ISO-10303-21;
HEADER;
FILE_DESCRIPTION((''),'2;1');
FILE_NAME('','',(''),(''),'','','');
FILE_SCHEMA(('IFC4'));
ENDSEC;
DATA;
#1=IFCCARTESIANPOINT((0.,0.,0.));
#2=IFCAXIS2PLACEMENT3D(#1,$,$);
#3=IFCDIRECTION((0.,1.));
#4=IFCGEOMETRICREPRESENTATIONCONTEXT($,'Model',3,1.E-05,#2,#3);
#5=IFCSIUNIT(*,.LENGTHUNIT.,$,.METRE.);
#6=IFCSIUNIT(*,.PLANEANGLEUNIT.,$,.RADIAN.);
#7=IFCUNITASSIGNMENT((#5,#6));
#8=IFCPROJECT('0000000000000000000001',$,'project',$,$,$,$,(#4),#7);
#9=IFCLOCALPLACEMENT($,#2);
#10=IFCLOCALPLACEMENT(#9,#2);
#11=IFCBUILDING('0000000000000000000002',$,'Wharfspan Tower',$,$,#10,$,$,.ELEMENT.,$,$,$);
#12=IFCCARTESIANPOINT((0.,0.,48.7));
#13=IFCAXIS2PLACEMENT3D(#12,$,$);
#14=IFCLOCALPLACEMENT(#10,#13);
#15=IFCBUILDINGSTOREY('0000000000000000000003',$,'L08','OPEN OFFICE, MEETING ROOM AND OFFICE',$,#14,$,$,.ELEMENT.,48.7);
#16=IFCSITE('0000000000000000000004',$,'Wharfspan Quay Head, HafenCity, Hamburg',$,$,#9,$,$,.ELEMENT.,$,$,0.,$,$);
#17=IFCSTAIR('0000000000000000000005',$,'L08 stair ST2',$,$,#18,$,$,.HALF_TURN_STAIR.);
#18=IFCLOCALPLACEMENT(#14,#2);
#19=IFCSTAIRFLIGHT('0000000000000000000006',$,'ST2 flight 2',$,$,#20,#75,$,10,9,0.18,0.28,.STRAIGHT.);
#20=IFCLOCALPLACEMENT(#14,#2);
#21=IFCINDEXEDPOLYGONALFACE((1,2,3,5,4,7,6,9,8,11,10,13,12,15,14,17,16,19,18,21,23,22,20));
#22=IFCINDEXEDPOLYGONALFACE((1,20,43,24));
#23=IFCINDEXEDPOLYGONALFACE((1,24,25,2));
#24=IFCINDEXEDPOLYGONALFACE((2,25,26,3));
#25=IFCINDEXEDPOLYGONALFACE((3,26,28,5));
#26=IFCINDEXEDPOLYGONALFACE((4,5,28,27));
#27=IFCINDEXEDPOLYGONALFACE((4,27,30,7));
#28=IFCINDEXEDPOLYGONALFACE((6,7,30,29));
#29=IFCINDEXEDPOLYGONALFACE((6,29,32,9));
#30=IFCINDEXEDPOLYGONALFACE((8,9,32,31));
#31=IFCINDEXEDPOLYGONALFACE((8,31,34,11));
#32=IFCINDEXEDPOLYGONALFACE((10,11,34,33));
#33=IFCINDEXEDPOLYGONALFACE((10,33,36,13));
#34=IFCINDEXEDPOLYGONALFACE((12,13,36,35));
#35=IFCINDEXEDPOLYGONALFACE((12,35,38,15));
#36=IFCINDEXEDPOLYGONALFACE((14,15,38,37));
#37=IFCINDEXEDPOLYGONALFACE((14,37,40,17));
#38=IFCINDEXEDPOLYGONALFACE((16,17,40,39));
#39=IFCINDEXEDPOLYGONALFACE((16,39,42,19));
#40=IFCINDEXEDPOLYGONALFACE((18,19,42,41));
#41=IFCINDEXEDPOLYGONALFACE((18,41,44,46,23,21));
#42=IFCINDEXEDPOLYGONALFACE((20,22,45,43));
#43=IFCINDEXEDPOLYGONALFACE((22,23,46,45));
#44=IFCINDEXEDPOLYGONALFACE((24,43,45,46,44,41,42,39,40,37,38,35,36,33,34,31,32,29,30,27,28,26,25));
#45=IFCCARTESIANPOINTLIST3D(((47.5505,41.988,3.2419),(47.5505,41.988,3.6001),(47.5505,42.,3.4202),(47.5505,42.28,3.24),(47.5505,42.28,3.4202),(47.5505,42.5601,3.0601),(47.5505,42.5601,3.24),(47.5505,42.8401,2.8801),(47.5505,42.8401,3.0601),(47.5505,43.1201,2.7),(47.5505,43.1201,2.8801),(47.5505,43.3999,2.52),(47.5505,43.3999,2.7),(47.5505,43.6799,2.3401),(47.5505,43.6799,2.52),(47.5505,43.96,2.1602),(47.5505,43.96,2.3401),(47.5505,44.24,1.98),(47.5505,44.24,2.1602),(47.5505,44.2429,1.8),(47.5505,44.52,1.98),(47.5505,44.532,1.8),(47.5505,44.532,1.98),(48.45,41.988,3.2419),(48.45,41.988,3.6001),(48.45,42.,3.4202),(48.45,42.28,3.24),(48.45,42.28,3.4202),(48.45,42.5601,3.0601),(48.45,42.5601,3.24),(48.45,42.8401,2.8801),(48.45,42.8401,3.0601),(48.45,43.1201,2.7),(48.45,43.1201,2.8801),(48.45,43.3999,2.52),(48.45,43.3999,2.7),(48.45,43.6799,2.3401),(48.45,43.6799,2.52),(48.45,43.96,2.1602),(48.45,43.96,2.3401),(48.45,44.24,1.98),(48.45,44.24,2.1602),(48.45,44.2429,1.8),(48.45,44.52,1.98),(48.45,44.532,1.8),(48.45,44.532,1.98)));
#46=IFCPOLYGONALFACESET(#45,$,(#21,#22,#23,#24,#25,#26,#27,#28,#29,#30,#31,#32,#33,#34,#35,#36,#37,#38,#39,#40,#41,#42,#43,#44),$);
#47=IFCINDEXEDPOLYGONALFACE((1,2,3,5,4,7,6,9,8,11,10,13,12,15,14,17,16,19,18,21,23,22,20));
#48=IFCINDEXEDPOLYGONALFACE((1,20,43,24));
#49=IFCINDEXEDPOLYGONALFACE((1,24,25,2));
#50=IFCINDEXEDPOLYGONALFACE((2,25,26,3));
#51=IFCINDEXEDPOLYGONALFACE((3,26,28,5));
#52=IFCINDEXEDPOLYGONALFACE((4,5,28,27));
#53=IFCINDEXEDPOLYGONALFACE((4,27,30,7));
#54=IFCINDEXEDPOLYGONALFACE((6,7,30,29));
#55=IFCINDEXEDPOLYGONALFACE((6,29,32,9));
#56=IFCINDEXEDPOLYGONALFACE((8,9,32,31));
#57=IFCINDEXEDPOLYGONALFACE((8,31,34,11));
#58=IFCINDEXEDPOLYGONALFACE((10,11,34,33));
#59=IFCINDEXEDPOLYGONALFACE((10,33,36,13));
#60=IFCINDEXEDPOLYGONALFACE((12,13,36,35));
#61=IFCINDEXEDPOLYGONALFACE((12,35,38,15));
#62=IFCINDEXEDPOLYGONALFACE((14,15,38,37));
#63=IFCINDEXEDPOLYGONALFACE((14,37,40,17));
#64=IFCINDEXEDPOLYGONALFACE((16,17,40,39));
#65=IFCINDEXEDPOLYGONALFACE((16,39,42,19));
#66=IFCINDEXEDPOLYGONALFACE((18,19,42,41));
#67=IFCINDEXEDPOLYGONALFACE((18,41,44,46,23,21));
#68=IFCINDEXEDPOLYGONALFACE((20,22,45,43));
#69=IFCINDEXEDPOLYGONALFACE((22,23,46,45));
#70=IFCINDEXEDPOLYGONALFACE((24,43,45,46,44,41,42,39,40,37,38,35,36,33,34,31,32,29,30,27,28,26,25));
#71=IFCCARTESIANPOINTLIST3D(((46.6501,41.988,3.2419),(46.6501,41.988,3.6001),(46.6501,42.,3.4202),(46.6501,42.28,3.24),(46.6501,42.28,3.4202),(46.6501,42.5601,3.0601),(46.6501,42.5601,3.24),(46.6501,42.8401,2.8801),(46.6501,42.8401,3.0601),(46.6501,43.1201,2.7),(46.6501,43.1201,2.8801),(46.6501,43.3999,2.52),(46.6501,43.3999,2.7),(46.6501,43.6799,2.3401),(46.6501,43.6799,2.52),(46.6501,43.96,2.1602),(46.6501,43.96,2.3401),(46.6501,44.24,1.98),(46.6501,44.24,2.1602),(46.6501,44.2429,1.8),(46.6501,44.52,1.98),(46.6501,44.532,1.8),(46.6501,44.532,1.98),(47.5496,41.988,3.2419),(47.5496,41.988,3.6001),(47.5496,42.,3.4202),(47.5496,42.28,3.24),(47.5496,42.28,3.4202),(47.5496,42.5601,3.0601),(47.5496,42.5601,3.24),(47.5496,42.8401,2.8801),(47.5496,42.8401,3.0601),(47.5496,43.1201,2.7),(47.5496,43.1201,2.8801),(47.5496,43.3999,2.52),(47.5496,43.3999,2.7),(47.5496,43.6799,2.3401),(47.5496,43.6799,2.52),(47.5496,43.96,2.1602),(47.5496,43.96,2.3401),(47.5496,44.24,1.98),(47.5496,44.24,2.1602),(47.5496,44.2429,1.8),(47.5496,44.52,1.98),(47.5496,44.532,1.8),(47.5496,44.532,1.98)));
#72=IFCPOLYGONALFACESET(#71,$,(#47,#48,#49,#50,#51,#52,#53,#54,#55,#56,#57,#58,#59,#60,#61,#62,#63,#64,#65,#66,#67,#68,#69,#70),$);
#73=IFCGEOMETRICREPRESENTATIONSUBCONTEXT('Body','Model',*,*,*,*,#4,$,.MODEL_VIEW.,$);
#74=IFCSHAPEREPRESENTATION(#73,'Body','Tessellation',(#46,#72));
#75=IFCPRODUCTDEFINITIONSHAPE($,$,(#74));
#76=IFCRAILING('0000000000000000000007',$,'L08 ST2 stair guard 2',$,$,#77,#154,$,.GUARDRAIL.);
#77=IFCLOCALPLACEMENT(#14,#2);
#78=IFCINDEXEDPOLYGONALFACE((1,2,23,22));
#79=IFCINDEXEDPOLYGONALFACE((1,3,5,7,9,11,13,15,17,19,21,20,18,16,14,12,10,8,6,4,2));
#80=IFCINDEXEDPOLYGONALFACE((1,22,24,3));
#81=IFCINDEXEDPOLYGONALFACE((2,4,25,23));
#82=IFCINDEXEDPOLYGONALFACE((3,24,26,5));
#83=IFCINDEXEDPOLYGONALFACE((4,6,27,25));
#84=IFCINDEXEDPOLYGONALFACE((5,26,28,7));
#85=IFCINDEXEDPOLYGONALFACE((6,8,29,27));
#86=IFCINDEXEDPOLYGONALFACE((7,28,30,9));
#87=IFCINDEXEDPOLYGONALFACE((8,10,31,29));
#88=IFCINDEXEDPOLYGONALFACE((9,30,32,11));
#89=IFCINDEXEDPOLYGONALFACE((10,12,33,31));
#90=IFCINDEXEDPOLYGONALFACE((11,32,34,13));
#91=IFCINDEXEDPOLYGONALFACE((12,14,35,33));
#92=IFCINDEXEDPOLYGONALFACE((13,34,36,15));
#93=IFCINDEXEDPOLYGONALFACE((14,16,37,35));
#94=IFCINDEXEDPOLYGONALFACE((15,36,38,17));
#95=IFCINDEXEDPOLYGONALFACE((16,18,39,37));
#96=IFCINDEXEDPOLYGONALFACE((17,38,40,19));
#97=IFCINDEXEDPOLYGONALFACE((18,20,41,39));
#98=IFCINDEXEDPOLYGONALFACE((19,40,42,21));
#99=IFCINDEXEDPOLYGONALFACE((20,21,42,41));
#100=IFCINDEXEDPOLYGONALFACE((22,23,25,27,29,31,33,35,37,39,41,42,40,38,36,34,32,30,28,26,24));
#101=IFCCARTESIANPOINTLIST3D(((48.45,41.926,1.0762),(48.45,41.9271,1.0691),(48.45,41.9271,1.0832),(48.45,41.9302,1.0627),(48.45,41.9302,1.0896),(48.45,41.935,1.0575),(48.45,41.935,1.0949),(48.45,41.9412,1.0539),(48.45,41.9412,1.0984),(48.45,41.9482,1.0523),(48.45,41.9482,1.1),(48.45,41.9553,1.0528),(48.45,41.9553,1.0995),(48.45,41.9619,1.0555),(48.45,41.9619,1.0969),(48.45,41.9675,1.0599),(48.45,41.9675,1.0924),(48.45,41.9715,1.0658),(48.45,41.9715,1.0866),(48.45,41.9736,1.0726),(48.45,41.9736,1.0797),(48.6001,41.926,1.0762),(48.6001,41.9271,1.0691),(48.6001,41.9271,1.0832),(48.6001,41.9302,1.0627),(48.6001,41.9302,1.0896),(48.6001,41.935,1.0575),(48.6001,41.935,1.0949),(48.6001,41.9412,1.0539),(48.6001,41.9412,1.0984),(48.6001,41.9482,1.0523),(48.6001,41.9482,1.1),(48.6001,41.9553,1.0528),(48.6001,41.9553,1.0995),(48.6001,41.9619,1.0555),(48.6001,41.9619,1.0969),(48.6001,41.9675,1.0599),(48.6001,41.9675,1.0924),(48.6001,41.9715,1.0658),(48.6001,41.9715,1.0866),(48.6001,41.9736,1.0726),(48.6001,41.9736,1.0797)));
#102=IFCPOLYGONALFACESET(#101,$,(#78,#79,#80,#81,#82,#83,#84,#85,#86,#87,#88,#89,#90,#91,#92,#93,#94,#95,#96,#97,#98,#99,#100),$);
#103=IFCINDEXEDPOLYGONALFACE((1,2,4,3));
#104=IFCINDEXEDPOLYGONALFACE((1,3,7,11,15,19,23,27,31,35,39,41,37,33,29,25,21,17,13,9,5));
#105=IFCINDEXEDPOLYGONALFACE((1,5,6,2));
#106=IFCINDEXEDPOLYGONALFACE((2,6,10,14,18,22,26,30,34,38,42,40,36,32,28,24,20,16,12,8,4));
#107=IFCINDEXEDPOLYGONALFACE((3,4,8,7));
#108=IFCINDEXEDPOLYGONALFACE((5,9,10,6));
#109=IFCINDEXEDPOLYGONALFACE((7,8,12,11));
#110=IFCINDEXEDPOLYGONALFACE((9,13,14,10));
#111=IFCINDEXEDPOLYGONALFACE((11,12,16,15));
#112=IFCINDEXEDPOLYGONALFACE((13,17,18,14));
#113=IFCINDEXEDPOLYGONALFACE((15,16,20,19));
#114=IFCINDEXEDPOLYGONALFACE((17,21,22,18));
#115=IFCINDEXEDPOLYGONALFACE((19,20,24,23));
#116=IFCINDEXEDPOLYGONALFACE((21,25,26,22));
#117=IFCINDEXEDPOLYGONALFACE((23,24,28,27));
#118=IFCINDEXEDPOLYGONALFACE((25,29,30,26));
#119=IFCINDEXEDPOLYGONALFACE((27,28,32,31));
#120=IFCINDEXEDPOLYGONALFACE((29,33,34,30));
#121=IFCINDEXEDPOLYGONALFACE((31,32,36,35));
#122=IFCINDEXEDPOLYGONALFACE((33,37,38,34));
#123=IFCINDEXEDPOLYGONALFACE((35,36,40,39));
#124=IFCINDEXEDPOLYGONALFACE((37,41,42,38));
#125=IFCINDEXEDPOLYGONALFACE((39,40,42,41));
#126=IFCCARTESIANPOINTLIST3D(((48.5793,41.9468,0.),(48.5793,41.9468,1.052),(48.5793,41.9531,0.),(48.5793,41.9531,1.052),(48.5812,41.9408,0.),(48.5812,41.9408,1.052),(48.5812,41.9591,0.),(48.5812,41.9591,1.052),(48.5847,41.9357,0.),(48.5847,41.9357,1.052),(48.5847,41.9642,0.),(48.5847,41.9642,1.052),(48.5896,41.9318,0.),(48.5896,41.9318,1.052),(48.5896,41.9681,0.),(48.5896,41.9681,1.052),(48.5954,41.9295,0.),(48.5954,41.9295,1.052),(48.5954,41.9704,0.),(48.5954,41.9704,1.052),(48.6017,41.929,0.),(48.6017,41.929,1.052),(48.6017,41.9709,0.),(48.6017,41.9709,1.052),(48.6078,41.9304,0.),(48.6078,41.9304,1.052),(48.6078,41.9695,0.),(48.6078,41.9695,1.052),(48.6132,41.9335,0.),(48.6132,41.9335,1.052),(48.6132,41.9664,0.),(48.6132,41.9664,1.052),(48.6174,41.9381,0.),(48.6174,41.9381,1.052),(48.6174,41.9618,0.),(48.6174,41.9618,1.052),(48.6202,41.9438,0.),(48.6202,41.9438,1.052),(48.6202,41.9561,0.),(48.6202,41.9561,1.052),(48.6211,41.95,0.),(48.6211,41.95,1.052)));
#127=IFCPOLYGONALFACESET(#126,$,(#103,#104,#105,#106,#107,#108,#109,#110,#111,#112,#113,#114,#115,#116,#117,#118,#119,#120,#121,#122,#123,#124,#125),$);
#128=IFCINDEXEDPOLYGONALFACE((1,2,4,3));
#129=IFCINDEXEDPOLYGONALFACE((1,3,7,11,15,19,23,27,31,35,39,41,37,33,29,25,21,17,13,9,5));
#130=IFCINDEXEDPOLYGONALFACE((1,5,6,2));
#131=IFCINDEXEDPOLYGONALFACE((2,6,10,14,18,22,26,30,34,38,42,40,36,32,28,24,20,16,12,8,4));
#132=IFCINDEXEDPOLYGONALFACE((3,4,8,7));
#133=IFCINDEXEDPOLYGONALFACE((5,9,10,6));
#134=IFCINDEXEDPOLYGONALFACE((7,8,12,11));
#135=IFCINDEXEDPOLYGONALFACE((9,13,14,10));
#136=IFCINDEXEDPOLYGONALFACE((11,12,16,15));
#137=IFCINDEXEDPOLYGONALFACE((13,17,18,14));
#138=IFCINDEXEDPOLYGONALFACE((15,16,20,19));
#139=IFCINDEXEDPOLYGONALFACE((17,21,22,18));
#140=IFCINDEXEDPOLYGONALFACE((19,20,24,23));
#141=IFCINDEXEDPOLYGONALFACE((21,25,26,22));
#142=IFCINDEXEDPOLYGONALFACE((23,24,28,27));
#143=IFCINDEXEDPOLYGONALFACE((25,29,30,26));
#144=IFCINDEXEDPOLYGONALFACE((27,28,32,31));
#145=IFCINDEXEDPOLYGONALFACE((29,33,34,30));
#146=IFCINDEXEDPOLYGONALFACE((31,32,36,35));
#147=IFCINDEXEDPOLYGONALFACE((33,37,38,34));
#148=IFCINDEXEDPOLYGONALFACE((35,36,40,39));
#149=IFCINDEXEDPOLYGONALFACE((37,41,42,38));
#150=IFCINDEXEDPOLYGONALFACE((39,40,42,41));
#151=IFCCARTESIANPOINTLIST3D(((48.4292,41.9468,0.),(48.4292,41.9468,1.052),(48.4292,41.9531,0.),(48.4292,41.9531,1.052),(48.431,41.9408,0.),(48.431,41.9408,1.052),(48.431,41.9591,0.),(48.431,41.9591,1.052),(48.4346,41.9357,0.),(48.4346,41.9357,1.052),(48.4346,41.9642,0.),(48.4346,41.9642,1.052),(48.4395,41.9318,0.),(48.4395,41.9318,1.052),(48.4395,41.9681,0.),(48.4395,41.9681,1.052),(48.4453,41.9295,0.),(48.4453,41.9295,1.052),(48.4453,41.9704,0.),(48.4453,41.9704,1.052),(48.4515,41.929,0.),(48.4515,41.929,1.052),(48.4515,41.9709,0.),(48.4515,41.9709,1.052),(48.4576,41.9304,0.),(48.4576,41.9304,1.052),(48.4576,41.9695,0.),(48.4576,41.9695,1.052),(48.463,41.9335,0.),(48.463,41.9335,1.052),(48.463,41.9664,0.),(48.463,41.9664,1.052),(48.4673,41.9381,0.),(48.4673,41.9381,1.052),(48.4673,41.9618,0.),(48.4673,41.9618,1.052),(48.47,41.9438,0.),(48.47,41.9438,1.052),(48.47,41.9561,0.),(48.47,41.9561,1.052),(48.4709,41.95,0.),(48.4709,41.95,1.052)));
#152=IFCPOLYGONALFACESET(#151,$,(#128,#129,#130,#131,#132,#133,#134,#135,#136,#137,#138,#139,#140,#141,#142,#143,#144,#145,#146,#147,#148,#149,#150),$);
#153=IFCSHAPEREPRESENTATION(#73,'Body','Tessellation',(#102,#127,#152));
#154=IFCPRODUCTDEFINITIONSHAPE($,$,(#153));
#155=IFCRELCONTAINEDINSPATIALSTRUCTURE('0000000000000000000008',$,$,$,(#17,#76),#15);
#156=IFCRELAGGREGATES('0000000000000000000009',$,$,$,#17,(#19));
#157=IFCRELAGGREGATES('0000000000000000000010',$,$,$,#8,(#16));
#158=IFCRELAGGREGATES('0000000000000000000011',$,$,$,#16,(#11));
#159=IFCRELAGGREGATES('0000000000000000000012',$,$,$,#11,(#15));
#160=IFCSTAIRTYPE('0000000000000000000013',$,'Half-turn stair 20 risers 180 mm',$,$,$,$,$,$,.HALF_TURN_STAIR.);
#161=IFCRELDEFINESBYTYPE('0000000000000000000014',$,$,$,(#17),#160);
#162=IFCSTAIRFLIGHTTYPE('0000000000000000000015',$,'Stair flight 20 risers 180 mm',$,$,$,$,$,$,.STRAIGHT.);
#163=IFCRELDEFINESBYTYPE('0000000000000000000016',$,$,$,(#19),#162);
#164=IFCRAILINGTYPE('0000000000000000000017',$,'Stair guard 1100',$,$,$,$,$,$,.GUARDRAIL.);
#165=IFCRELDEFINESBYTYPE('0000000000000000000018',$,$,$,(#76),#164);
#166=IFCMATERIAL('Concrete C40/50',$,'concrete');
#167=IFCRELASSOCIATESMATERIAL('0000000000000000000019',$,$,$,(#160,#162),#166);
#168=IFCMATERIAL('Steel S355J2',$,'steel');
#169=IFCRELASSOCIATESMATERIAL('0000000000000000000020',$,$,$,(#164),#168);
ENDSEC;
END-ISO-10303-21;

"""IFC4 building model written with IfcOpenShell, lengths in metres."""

from ifc_helpers import new_model, si_unit, direction, frame, origin, origin_2d, place, context, subcontext, project, spatial, polyline, circle, outline, extrude, material, type_object, element, aggregate, save


model = new_model("IFC4")

# Units and contexts
model_context = context("Model", 3, precision=1e-05, world=origin(), true_north=direction((0.0, 1.0)))
body_context = subcontext(model_context, "Body", "Model", "MODEL_VIEW")
ifc_project = project(units=[si_unit("LENGTHUNIT", "METRE"), si_unit("PLANEANGLEUNIT", "RADIAN")], contexts=[model_context])

# Site, building, storey
site_placement = place(None, origin())
site = spatial("IfcSite", under=ifc_project, at=site_placement, Name="Wharfspan Quay Head, HafenCity, Hamburg", CompositionType="ELEMENT", RefElevation=0.0)
building_placement = place(site_placement, origin())
building = spatial("IfcBuilding", under=site, at=building_placement, Name="Wharfspan Tower", CompositionType="ELEMENT")
storey_placement = place(building_placement, frame((0.0, 0.0, 48.7)))
storey = spatial("IfcBuildingStorey", under=building, at=storey_placement, Name="L08", Description="OPEN OFFICE, MEETING ROOM AND OFFICE", CompositionType="ELEMENT", Elevation=48.7)

# Shared definitions
ifc_material_1 = material(Name="Steel S355J2", Category="steel")

# Shared definitions
ifc_material_2 = material(Name="Concrete C40/50", Category="concrete")

# Stair, stair flight
stair_type = type_object("IfcStairType", Name="Half-turn stair 20 risers 180 mm", PredefinedType="HALF_TURN_STAIR", material=ifc_material_2)
stair_placement = place(storey_placement, origin())
stair = element("IfcStair", 1, at=stair_placement, inside=storey, type_object=stair_type, Name="L08 stair ST2", PredefinedType="HALF_TURN_STAIR")
stair_flight_type = type_object("IfcStairFlightType", Name="Stair flight 20 risers 180 mm", PredefinedType="STRAIGHT", material=ifc_material_2)
stair_flight_1_placement = place(storey_placement, frame((47.55, 44.52, 1.8), z_axis=(0.0, 0.0, 1.0), x_axis=(0.0, -1.0, 0.0)))
stair_flight_1 = element("IfcStairFlight", 2, at=stair_flight_1_placement, type_object=stair_flight_type, Name="ST2 flight 2", NumberOfRisers=10, NumberOfTreads=9, PredefinedType="STRAIGHT", RiserHeight=0.18, TreadLength=0.28, context=body_context, shape_type="SweptSolid", body=[
    extrude(outline(polyline([(-0.012, 0.0), (-0.012, 0.1799), (0.0, 0.1799), (0.28, 0.1799), (0.28, 0.3601), (0.5601, 0.3601), (0.5601, 0.54), (0.8401, 0.54), (0.8401, 0.72), (1.1201, 0.72), (1.1201, 0.8999), (1.3999, 0.8999), (1.3999, 1.0801), (1.6799, 1.0801), (1.6799, 1.26), (1.96, 1.26), (1.96, 1.4399), (2.24, 1.4399), (2.24, 1.6201), (2.52, 1.6201), (2.532, 1.8), (2.532, 1.4419), (0.2771, 0.0), (-0.012, 0.0)])), frame((0.0, 0.8999, 0.0), z_axis=(0.0, -1.0, 0.0), x_axis=(1.0, 0.0, 0.0)), (0.0, 0.0, 1.0), 0.8994),
    extrude(outline(polyline([(-0.012, 0.0), (-0.012, 0.1799), (0.0, 0.1799), (0.28, 0.1799), (0.28, 0.3601), (0.5601, 0.3601), (0.5601, 0.54), (0.8401, 0.54), (0.8401, 0.72), (1.1201, 0.72), (1.1201, 0.8999), (1.3999, 0.8999), (1.3999, 1.0801), (1.6799, 1.0801), (1.6799, 1.26), (1.96, 1.26), (1.96, 1.4399), (2.24, 1.4399), (2.24, 1.6201), (2.52, 1.6201), (2.532, 1.8), (2.532, 1.4419), (0.2771, 0.0), (-0.012, 0.0)])), frame((0.0, -0.0005, 0.0), z_axis=(0.0, -1.0, 0.0), x_axis=(1.0, 0.0, 0.0)), (0.0, 0.0, 1.0), 0.8994),
])
aggregate(stair, [stair_flight_1])

# Railing
railing_type_1 = type_object("IfcRailingType", Name="Stair guard 1100", PredefinedType="GUARDRAIL", material=ifc_material_1)
railing_1_placement = place(storey_placement, frame((48.6001, 41.95, 0.0)))
element("IfcRailing", 3, at=railing_1_placement, inside=storey, type_object=railing_type_1, Name="L08 ST2 stair guard 2", PredefinedType="GUARDRAIL", context=body_context, shape_type="SweptSolid", body=[
    extrude(circle(Radius=0.0239, at=origin_2d()), frame((0.0, 0.0, 1.0762), z_axis=(-1.0, 0.0, 0.0), x_axis=(0.0, -1.0, 0.0)), (0.0, 0.0, 1.0), 0.1501),
    extrude(circle(Radius=0.021, at=origin_2d()), origin(), (0.0, 0.0, 1.0), 1.052),
    extrude(circle(Radius=0.021, at=origin_2d()), frame((-0.1501, 0.0, 0.0)), (0.0, 0.0, 1.0), 1.052),
])

save(model, "model.ifc")
